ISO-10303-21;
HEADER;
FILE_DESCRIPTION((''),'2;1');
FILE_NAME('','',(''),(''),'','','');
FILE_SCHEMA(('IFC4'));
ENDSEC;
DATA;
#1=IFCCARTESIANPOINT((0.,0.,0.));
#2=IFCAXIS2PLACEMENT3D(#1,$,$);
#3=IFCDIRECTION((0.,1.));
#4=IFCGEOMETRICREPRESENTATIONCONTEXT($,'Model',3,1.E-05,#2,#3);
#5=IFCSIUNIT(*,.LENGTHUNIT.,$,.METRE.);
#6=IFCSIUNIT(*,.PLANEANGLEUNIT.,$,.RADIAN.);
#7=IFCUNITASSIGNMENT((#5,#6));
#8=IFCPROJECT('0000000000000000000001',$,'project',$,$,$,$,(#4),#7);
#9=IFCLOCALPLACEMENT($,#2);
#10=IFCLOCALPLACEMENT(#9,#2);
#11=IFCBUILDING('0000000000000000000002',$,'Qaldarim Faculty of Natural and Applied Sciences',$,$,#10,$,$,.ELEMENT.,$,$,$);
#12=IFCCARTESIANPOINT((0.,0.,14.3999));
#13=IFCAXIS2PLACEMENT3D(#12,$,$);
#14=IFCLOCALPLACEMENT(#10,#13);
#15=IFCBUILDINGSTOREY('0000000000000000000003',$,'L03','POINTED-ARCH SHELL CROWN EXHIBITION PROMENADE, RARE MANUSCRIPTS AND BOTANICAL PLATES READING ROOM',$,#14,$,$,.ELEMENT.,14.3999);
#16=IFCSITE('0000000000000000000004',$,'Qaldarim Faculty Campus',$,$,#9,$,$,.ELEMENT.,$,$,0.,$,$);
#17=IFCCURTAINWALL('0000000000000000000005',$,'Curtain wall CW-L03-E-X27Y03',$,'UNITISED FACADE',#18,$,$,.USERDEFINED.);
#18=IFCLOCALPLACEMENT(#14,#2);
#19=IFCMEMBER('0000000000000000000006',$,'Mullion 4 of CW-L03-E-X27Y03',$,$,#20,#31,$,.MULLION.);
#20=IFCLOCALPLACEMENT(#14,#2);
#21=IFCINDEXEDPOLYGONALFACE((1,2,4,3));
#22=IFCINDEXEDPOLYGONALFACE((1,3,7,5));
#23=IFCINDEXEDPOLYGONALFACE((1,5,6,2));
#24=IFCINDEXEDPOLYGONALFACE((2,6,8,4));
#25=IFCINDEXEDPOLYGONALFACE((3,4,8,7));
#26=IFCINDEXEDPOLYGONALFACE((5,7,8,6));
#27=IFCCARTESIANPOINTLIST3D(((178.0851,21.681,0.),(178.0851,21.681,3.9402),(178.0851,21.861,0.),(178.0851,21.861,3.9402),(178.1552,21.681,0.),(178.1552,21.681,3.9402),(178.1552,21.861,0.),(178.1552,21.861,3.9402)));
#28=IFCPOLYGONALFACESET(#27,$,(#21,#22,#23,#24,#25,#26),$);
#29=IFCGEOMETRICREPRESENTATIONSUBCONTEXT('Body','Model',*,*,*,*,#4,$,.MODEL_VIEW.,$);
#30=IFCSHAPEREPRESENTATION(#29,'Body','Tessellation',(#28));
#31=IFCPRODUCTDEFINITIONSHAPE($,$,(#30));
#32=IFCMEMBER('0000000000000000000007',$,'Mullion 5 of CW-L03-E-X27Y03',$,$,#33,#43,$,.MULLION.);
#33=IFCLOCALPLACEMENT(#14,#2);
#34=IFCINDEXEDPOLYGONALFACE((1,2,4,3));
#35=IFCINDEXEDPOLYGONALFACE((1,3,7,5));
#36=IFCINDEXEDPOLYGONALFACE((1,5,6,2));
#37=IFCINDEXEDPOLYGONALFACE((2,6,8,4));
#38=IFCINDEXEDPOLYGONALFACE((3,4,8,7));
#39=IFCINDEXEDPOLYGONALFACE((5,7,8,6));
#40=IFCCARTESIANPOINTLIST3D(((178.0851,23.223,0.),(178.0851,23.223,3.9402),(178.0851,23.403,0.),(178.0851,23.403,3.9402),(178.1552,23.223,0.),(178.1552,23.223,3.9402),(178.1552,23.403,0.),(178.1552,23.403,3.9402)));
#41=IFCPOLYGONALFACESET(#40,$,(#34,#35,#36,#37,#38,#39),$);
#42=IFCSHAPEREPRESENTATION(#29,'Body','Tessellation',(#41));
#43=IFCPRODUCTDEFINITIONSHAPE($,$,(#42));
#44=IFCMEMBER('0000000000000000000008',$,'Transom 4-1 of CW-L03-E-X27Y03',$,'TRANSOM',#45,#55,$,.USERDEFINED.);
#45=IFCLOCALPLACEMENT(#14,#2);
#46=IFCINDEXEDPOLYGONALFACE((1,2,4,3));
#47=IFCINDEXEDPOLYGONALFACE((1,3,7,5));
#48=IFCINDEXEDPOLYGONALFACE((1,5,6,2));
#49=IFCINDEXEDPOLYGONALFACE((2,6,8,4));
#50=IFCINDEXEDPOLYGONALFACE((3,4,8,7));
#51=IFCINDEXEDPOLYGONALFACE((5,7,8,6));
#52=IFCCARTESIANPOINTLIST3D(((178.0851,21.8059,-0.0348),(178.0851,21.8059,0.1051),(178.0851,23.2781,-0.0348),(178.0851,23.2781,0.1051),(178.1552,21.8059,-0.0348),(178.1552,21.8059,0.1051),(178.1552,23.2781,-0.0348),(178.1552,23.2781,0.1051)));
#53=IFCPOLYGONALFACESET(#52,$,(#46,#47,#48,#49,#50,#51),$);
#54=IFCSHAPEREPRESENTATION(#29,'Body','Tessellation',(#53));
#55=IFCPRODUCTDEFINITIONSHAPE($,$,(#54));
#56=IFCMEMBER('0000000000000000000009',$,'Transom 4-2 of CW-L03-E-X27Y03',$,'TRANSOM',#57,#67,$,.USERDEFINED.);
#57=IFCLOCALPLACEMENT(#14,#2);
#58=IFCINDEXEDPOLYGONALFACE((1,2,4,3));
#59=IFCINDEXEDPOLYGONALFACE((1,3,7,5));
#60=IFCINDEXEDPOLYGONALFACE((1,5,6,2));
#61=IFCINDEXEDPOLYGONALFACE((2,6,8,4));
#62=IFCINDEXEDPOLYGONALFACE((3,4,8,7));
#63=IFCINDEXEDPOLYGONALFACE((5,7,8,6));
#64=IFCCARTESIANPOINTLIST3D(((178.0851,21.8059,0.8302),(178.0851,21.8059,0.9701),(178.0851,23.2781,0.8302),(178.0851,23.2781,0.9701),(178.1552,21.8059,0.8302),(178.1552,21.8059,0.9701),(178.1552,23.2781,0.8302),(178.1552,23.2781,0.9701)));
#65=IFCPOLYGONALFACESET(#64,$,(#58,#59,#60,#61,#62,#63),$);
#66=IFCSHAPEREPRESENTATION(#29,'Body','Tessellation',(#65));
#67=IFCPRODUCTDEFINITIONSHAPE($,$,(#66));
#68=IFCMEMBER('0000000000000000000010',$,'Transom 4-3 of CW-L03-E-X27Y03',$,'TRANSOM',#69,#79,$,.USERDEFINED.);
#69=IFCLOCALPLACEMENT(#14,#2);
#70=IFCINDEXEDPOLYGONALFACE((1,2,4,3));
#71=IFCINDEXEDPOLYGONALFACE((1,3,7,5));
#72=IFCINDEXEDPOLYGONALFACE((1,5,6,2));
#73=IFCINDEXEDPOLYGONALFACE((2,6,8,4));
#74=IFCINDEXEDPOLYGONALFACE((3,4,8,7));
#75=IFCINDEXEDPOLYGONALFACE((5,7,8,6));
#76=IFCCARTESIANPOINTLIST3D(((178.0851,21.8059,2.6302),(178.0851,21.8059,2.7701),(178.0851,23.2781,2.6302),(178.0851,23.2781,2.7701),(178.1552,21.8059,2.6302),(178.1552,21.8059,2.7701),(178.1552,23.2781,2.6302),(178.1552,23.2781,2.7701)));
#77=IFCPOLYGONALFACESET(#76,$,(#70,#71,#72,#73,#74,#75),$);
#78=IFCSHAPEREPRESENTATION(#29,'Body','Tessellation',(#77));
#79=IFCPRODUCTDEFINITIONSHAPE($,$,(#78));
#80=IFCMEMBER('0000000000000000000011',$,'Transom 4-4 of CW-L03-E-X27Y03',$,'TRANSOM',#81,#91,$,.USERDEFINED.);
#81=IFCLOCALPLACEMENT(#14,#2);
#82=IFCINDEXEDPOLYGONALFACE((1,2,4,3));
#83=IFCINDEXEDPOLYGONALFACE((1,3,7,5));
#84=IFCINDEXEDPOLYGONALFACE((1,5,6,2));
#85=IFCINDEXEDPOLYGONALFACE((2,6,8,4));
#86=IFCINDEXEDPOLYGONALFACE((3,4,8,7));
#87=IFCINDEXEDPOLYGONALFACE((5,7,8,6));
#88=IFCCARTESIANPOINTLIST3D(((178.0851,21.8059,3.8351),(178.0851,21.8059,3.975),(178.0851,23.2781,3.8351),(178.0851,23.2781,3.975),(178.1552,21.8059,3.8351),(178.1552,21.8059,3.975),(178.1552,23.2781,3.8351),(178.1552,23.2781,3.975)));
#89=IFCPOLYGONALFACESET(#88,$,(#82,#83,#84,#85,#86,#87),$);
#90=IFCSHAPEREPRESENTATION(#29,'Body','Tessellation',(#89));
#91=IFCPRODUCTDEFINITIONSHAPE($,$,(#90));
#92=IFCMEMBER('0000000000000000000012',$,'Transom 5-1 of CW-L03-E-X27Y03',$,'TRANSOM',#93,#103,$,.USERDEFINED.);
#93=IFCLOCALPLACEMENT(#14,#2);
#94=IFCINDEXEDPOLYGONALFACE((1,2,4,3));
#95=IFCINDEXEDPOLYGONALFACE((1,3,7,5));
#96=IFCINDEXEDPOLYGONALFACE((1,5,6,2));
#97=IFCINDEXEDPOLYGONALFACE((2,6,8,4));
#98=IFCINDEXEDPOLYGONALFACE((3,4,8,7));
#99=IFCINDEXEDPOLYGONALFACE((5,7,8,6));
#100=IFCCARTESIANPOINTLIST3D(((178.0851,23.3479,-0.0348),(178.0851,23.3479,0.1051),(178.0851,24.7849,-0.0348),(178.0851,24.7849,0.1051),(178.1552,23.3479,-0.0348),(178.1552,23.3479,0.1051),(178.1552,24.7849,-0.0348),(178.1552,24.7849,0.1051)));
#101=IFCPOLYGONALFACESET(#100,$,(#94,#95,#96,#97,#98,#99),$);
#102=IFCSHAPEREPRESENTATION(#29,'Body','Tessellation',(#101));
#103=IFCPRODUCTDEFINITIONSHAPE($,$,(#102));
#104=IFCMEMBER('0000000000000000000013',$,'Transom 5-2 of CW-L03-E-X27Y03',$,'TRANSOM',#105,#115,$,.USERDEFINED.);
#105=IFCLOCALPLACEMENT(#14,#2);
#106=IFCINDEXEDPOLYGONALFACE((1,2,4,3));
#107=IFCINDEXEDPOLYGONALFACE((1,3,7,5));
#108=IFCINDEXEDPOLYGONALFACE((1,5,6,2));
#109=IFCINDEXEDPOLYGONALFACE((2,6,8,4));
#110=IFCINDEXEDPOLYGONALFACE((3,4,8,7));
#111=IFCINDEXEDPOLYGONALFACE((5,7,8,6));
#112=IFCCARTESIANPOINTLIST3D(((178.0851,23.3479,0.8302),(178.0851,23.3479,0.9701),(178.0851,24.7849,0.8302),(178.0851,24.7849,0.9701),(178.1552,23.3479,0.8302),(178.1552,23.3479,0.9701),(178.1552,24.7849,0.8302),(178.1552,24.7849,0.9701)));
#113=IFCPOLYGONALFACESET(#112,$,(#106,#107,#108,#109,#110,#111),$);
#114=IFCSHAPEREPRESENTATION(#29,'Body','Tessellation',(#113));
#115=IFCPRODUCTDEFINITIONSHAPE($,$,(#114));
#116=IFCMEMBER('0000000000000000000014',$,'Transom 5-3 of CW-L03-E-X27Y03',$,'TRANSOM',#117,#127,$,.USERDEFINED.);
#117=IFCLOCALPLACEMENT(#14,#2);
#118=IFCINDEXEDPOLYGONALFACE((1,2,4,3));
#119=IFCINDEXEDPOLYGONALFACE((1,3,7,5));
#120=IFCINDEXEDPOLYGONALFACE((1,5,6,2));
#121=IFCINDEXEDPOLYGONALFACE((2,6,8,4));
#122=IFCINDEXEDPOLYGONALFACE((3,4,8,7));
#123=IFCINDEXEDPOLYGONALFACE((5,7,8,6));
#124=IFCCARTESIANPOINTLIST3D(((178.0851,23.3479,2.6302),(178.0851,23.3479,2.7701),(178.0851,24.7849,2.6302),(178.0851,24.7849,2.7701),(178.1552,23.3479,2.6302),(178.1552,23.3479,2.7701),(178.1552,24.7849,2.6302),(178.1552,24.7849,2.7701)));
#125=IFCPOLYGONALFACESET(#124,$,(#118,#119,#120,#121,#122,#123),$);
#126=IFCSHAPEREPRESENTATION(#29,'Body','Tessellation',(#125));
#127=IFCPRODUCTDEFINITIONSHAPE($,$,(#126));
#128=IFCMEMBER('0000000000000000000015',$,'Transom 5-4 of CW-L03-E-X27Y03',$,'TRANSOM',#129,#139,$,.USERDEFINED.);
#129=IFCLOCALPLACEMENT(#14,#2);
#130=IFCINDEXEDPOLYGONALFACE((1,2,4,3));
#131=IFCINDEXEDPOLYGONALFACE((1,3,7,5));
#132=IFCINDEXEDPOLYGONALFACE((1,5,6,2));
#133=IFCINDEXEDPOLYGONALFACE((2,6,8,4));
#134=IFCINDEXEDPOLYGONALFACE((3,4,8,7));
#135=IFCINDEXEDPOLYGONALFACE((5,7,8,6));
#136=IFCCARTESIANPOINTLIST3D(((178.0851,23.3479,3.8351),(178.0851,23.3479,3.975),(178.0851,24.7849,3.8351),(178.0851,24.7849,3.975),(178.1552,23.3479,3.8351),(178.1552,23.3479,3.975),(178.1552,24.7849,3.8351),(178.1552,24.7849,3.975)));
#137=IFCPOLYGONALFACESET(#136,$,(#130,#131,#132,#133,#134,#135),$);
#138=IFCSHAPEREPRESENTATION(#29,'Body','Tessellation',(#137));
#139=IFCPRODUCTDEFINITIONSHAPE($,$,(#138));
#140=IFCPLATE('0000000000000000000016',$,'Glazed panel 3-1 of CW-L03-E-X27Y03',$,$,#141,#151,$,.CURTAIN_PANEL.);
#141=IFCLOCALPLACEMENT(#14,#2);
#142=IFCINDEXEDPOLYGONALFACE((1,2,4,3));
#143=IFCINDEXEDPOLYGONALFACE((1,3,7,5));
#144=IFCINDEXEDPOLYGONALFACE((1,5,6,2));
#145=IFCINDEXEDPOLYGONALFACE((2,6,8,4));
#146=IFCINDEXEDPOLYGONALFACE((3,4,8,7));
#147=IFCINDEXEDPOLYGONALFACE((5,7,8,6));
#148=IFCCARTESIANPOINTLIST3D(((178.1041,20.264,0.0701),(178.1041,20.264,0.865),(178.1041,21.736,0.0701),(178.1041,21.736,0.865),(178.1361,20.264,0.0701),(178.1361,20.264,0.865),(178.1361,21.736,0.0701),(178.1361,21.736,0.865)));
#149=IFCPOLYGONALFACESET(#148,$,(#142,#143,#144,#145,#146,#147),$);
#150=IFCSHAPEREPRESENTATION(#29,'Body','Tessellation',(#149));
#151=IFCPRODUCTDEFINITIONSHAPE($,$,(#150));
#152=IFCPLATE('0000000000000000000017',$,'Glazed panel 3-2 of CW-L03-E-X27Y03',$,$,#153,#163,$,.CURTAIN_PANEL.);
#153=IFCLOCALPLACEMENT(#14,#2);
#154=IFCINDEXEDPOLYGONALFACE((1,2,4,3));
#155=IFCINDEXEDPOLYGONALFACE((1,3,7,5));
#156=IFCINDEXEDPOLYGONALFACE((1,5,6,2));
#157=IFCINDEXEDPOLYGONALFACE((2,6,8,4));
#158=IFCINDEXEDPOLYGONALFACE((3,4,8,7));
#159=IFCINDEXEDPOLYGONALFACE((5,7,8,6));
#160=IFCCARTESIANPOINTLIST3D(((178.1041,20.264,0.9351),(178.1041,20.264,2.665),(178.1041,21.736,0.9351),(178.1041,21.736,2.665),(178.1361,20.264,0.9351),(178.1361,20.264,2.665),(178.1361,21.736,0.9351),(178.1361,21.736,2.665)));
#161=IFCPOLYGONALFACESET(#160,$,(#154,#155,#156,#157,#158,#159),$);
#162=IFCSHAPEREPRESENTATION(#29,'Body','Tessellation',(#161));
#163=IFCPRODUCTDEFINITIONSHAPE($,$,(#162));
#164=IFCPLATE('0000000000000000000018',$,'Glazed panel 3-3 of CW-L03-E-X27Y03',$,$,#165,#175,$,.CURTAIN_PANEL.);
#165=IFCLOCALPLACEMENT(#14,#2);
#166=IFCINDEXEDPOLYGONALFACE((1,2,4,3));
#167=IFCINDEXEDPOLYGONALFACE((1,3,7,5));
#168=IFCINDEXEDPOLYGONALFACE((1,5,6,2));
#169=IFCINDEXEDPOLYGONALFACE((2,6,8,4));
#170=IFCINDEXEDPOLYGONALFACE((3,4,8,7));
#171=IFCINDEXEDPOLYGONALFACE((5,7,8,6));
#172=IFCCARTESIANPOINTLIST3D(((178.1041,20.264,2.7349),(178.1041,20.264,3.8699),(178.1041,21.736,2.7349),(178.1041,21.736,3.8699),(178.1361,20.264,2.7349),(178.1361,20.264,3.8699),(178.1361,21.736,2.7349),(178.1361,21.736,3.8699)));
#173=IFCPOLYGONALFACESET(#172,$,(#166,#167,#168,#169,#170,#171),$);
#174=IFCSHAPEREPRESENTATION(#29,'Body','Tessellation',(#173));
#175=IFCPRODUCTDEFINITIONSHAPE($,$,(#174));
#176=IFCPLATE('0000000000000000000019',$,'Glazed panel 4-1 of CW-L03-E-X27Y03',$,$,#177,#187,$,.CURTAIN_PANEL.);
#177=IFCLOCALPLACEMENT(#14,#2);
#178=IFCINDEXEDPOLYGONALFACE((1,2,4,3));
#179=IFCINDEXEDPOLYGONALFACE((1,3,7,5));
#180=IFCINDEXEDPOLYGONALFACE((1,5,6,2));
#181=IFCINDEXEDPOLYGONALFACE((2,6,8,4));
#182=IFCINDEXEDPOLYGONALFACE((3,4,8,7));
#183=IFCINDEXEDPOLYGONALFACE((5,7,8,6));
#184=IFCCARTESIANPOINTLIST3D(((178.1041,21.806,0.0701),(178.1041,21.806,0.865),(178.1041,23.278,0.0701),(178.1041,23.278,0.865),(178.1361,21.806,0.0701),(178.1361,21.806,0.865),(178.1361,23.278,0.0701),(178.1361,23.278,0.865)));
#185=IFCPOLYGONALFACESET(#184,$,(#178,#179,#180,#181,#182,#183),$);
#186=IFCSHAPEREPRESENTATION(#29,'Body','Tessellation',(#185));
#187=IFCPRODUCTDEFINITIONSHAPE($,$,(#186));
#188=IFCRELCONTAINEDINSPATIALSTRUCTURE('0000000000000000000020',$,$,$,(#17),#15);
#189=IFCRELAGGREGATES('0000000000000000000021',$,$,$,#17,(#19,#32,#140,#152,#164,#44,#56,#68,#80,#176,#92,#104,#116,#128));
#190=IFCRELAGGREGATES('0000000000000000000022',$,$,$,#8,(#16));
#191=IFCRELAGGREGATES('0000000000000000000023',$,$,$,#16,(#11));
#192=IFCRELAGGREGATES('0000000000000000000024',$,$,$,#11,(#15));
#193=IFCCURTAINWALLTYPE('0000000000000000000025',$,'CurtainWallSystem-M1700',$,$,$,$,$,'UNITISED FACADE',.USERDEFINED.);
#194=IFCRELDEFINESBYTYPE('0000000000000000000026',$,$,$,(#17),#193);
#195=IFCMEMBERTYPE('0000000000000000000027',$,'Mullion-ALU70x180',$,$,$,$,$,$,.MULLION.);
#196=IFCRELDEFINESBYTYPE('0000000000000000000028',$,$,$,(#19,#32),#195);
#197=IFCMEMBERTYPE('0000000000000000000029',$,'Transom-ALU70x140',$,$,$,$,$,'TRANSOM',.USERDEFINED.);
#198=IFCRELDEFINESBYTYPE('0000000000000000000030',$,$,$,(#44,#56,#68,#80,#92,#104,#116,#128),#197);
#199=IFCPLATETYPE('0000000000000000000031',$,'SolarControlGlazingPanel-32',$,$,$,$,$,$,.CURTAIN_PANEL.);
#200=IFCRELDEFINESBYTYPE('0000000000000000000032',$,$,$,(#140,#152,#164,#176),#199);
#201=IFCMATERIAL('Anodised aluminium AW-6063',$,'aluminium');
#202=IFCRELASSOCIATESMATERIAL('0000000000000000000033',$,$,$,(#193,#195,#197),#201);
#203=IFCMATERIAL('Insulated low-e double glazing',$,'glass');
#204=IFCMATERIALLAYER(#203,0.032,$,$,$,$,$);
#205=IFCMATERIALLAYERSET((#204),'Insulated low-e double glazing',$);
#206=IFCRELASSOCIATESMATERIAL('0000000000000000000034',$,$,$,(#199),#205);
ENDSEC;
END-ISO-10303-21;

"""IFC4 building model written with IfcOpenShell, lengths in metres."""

from ifc_helpers import new_model, si_unit, direction, frame, origin, origin_2d, place, context, subcontext, project, spatial, rectangle, extrude, material, layer, layer_set, material_profile, profile_set, type_object, element, aggregate, save


model = new_model("IFC4")

# Units and contexts
model_context = context("Model", 3, precision=1e-05, world=origin(), true_north=direction((0.0, 1.0)))
body_context = subcontext(model_context, "Body", "Model", "MODEL_VIEW")
ifc_project = project(units=[si_unit("LENGTHUNIT", "METRE"), si_unit("PLANEANGLEUNIT", "RADIAN")], contexts=[model_context])

# Site, building, storey
site_placement = place(None, origin())
site = spatial("IfcSite", under=ifc_project, at=site_placement, Name="Qaldarim Faculty Campus", CompositionType="ELEMENT", RefElevation=0.0)
building_placement = place(site_placement, origin())
building = spatial("IfcBuilding", under=site, at=building_placement, Name="Qaldarim Faculty of Natural and Applied Sciences", CompositionType="ELEMENT")
storey_placement = place(building_placement, frame((0.0, 0.0, 14.3999)))
storey = spatial("IfcBuildingStorey", under=building, at=storey_placement, Name="L03", Description="POINTED-ARCH SHELL CROWN EXHIBITION PROMENADE, RARE MANUSCRIPTS AND BOTANICAL PLATES READING ROOM", CompositionType="ELEMENT", Elevation=14.3999)

# Curtain wall, members, plates
ifc_material_1 = material(Name="Anodised aluminium AW-6063", Category="aluminium")
curtain_wall_type = type_object("IfcCurtainWallType", Name="CurtainWallSystem-M1700", ElementType="UNITISED FACADE", PredefinedType="USERDEFINED", material=ifc_material_1)
curtain_wall_placement = place(storey_placement, origin())
curtain_wall = element("IfcCurtainWall", 1, at=curtain_wall_placement, inside=storey, type_object=curtain_wall_type, Name="Curtain wall CW-L03-E-X27Y03", ObjectType="UNITISED FACADE", PredefinedType="USERDEFINED")
ifc_material_profile_1 = material_profile(ifc_material_1, rectangle(XDim=0.0701, YDim=0.1799, at=origin_2d()), Name="ALU-M70x180")
ifc_profile_set_1 = profile_set([ifc_material_profile_1], Name="Anodised aluminium AW-6063")
member_type_1 = type_object("IfcMemberType", Name="Mullion-ALU70x180", PredefinedType="MULLION", material=ifc_profile_set_1)
member_1_placement = place(storey_placement, frame((178.1201, 21.771, 0.0), z_axis=(0.0, 0.0, 1.0), x_axis=(-1.0, 0.0, 0.0)))
member_1 = element("IfcMember", 2, at=member_1_placement, type_object=member_type_1, Name="Mullion 4 of CW-L03-E-X27Y03", PredefinedType="MULLION", context=body_context, shape_type="SweptSolid", body=[
    extrude(rectangle(XDim=0.0701, YDim=0.1799, at=origin_2d()), origin(), (0.0, 0.0, 1.0), 3.9402),
])
member_2_placement = place(storey_placement, frame((178.1201, 23.313, 0.0), z_axis=(0.0, 0.0, 1.0), x_axis=(-1.0, 0.0, 0.0)))
member_2 = element("IfcMember", 3, at=member_2_placement, type_object=member_type_1, Name="Mullion 5 of CW-L03-E-X27Y03", PredefinedType="MULLION", context=body_context, shape_type="SweptSolid", body=[
    extrude(rectangle(XDim=0.0701, YDim=0.1799, at=origin_2d()), origin(), (0.0, 0.0, 1.0), 3.9402),
])
ifc_material_profile_2 = material_profile(ifc_material_1, rectangle(XDim=0.0701, YDim=0.1399, at=origin_2d()), Name="ALU-T70x140")
ifc_profile_set_2 = profile_set([ifc_material_profile_2], Name="Anodised aluminium AW-6063")
member_type_2 = type_object("IfcMemberType", Name="Transom-ALU70x140", ElementType="TRANSOM", PredefinedType="USERDEFINED", material=ifc_profile_set_2)
member_3_placement = place(storey_placement, frame((178.1201, 21.8059, 0.0352), z_axis=(0.0, 1.0, 0.0), x_axis=(-1.0, 0.0, 0.0)))
member_3 = element("IfcMember", 4, at=member_3_placement, type_object=member_type_2, Name="Transom 4-1 of CW-L03-E-X27Y03", ObjectType="TRANSOM", PredefinedType="USERDEFINED", context=body_context, shape_type="SweptSolid", body=[
    extrude(rectangle(XDim=0.0701, YDim=0.1399, at=origin_2d()), origin(), (0.0, 0.0, 1.0), 1.4722),
])
member_4_placement = place(storey_placement, frame((178.1201, 21.8059, 0.9001), z_axis=(0.0, 1.0, 0.0), x_axis=(-1.0, 0.0, 0.0)))
member_4 = element("IfcMember", 5, at=member_4_placement, type_object=member_type_2, Name="Transom 4-2 of CW-L03-E-X27Y03", ObjectType="TRANSOM", PredefinedType="USERDEFINED", context=body_context, shape_type="SweptSolid", body=[
    extrude(rectangle(XDim=0.0701, YDim=0.1399, at=origin_2d()), origin(), (0.0, 0.0, 1.0), 1.4722),
])
member_5_placement = place(storey_placement, frame((178.1201, 21.8059, 2.7002), z_axis=(0.0, 1.0, 0.0), x_axis=(-1.0, 0.0, 0.0)))
member_5 = element("IfcMember", 6, at=member_5_placement, type_object=member_type_2, Name="Transom 4-3 of CW-L03-E-X27Y03", ObjectType="TRANSOM", PredefinedType="USERDEFINED", context=body_context, shape_type="SweptSolid", body=[
    extrude(rectangle(XDim=0.0701, YDim=0.1399, at=origin_2d()), origin(), (0.0, 0.0, 1.0), 1.4722),
])
member_6_placement = place(storey_placement, frame((178.1201, 21.8059, 3.905), z_axis=(0.0, 1.0, 0.0), x_axis=(-1.0, 0.0, 0.0)))
member_6 = element("IfcMember", 7, at=member_6_placement, type_object=member_type_2, Name="Transom 4-4 of CW-L03-E-X27Y03", ObjectType="TRANSOM", PredefinedType="USERDEFINED", context=body_context, shape_type="SweptSolid", body=[
    extrude(rectangle(XDim=0.0701, YDim=0.1399, at=origin_2d()), origin(), (0.0, 0.0, 1.0), 1.4722),
])
member_7_placement = place(storey_placement, frame((178.1201, 23.3479, 0.0352), z_axis=(0.0, 1.0, 0.0), x_axis=(-1.0, 0.0, 0.0)))
member_7 = element("IfcMember", 8, at=member_7_placement, type_object=member_type_2, Name="Transom 5-1 of CW-L03-E-X27Y03", ObjectType="TRANSOM", PredefinedType="USERDEFINED", context=body_context, shape_type="SweptSolid", body=[
    extrude(rectangle(XDim=0.0701, YDim=0.1399, at=origin_2d()), origin(), (0.0, 0.0, 1.0), 1.437),
])
member_8_placement = place(storey_placement, frame((178.1201, 23.3479, 0.9001), z_axis=(0.0, 1.0, 0.0), x_axis=(-1.0, 0.0, 0.0)))
member_8 = element("IfcMember", 9, at=member_8_placement, type_object=member_type_2, Name="Transom 5-2 of CW-L03-E-X27Y03", ObjectType="TRANSOM", PredefinedType="USERDEFINED", context=body_context, shape_type="SweptSolid", body=[
    extrude(rectangle(XDim=0.0701, YDim=0.1399, at=origin_2d()), origin(), (0.0, 0.0, 1.0), 1.437),
])
member_9_placement = place(storey_placement, frame((178.1201, 23.3479, 2.7002), z_axis=(0.0, 1.0, 0.0), x_axis=(-1.0, 0.0, 0.0)))
member_9 = element("IfcMember", 10, at=member_9_placement, type_object=member_type_2, Name="Transom 5-3 of CW-L03-E-X27Y03", ObjectType="TRANSOM", PredefinedType="USERDEFINED", context=body_context, shape_type="SweptSolid", body=[
    extrude(rectangle(XDim=0.0701, YDim=0.1399, at=origin_2d()), origin(), (0.0, 0.0, 1.0), 1.437),
])
member_10_placement = place(storey_placement, frame((178.1201, 23.3479, 3.905), z_axis=(0.0, 1.0, 0.0), x_axis=(-1.0, 0.0, 0.0)))
member_10 = element("IfcMember", 11, at=member_10_placement, type_object=member_type_2, Name="Transom 5-4 of CW-L03-E-X27Y03", ObjectType="TRANSOM", PredefinedType="USERDEFINED", context=body_context, shape_type="SweptSolid", body=[
    extrude(rectangle(XDim=0.0701, YDim=0.1399, at=origin_2d()), origin(), (0.0, 0.0, 1.0), 1.437),
])
ifc_material_2 = material(Name="Insulated low-e double glazing", Category="glass")
ifc_layer_1 = layer(ifc_material_2, 0.032)
ifc_layer_set_1 = layer_set([ifc_layer_1], Name="Insulated low-e double glazing")
plate_type = type_object("IfcPlateType", Name="SolarControlGlazingPanel-32", PredefinedType="CURTAIN_PANEL", material=ifc_layer_set_1)
plate_1_placement = place(storey_placement, frame((178.1201, 21.0, 0.0701), z_axis=(0.0, 0.0, 1.0), x_axis=(0.0, 1.0, 0.0)))
plate_1 = element("IfcPlate", 12, at=plate_1_placement, type_object=plate_type, Name="Glazed panel 3-1 of CW-L03-E-X27Y03", PredefinedType="CURTAIN_PANEL", context=body_context, shape_type="SweptSolid", body=[
    extrude(rectangle(XDim=1.4719, YDim=0.032, at=origin_2d()), origin(), (0.0, 0.0, 1.0), 0.7949),
])
plate_2_placement = place(storey_placement, frame((178.1201, 21.0, 0.9351), z_axis=(0.0, 0.0, 1.0), x_axis=(0.0, 1.0, 0.0)))
plate_2 = element("IfcPlate", 13, at=plate_2_placement, type_object=plate_type, Name="Glazed panel 3-2 of CW-L03-E-X27Y03", PredefinedType="CURTAIN_PANEL", context=body_context, shape_type="SweptSolid", body=[
    extrude(rectangle(XDim=1.4719, YDim=0.032, at=origin_2d()), origin(), (0.0, 0.0, 1.0), 1.73),
])
plate_3_placement = place(storey_placement, frame((178.1201, 21.0, 2.7349), z_axis=(0.0, 0.0, 1.0), x_axis=(0.0, 1.0, 0.0)))
plate_3 = element("IfcPlate", 14, at=plate_3_placement, type_object=plate_type, Name="Glazed panel 3-3 of CW-L03-E-X27Y03", PredefinedType="CURTAIN_PANEL", context=body_context, shape_type="SweptSolid", body=[
    extrude(rectangle(XDim=1.4719, YDim=0.032, at=origin_2d()), origin(), (0.0, 0.0, 1.0), 1.135),
])
plate_4_placement = place(storey_placement, frame((178.1201, 22.542, 0.0701), z_axis=(0.0, 0.0, 1.0), x_axis=(0.0, 1.0, 0.0)))
plate_4 = element("IfcPlate", 15, at=plate_4_placement, type_object=plate_type, Name="Glazed panel 4-1 of CW-L03-E-X27Y03", PredefinedType="CURTAIN_PANEL", context=body_context, shape_type="SweptSolid", body=[
    extrude(rectangle(XDim=1.4719, YDim=0.032, at=origin_2d()), origin(), (0.0, 0.0, 1.0), 0.7949),
])
aggregate(curtain_wall, [member_1, member_2, plate_1, plate_2, plate_3, member_3, member_4, member_5, member_6, plate_4, member_7, member_8, member_9, member_10])

save(model, "model.ifc")
